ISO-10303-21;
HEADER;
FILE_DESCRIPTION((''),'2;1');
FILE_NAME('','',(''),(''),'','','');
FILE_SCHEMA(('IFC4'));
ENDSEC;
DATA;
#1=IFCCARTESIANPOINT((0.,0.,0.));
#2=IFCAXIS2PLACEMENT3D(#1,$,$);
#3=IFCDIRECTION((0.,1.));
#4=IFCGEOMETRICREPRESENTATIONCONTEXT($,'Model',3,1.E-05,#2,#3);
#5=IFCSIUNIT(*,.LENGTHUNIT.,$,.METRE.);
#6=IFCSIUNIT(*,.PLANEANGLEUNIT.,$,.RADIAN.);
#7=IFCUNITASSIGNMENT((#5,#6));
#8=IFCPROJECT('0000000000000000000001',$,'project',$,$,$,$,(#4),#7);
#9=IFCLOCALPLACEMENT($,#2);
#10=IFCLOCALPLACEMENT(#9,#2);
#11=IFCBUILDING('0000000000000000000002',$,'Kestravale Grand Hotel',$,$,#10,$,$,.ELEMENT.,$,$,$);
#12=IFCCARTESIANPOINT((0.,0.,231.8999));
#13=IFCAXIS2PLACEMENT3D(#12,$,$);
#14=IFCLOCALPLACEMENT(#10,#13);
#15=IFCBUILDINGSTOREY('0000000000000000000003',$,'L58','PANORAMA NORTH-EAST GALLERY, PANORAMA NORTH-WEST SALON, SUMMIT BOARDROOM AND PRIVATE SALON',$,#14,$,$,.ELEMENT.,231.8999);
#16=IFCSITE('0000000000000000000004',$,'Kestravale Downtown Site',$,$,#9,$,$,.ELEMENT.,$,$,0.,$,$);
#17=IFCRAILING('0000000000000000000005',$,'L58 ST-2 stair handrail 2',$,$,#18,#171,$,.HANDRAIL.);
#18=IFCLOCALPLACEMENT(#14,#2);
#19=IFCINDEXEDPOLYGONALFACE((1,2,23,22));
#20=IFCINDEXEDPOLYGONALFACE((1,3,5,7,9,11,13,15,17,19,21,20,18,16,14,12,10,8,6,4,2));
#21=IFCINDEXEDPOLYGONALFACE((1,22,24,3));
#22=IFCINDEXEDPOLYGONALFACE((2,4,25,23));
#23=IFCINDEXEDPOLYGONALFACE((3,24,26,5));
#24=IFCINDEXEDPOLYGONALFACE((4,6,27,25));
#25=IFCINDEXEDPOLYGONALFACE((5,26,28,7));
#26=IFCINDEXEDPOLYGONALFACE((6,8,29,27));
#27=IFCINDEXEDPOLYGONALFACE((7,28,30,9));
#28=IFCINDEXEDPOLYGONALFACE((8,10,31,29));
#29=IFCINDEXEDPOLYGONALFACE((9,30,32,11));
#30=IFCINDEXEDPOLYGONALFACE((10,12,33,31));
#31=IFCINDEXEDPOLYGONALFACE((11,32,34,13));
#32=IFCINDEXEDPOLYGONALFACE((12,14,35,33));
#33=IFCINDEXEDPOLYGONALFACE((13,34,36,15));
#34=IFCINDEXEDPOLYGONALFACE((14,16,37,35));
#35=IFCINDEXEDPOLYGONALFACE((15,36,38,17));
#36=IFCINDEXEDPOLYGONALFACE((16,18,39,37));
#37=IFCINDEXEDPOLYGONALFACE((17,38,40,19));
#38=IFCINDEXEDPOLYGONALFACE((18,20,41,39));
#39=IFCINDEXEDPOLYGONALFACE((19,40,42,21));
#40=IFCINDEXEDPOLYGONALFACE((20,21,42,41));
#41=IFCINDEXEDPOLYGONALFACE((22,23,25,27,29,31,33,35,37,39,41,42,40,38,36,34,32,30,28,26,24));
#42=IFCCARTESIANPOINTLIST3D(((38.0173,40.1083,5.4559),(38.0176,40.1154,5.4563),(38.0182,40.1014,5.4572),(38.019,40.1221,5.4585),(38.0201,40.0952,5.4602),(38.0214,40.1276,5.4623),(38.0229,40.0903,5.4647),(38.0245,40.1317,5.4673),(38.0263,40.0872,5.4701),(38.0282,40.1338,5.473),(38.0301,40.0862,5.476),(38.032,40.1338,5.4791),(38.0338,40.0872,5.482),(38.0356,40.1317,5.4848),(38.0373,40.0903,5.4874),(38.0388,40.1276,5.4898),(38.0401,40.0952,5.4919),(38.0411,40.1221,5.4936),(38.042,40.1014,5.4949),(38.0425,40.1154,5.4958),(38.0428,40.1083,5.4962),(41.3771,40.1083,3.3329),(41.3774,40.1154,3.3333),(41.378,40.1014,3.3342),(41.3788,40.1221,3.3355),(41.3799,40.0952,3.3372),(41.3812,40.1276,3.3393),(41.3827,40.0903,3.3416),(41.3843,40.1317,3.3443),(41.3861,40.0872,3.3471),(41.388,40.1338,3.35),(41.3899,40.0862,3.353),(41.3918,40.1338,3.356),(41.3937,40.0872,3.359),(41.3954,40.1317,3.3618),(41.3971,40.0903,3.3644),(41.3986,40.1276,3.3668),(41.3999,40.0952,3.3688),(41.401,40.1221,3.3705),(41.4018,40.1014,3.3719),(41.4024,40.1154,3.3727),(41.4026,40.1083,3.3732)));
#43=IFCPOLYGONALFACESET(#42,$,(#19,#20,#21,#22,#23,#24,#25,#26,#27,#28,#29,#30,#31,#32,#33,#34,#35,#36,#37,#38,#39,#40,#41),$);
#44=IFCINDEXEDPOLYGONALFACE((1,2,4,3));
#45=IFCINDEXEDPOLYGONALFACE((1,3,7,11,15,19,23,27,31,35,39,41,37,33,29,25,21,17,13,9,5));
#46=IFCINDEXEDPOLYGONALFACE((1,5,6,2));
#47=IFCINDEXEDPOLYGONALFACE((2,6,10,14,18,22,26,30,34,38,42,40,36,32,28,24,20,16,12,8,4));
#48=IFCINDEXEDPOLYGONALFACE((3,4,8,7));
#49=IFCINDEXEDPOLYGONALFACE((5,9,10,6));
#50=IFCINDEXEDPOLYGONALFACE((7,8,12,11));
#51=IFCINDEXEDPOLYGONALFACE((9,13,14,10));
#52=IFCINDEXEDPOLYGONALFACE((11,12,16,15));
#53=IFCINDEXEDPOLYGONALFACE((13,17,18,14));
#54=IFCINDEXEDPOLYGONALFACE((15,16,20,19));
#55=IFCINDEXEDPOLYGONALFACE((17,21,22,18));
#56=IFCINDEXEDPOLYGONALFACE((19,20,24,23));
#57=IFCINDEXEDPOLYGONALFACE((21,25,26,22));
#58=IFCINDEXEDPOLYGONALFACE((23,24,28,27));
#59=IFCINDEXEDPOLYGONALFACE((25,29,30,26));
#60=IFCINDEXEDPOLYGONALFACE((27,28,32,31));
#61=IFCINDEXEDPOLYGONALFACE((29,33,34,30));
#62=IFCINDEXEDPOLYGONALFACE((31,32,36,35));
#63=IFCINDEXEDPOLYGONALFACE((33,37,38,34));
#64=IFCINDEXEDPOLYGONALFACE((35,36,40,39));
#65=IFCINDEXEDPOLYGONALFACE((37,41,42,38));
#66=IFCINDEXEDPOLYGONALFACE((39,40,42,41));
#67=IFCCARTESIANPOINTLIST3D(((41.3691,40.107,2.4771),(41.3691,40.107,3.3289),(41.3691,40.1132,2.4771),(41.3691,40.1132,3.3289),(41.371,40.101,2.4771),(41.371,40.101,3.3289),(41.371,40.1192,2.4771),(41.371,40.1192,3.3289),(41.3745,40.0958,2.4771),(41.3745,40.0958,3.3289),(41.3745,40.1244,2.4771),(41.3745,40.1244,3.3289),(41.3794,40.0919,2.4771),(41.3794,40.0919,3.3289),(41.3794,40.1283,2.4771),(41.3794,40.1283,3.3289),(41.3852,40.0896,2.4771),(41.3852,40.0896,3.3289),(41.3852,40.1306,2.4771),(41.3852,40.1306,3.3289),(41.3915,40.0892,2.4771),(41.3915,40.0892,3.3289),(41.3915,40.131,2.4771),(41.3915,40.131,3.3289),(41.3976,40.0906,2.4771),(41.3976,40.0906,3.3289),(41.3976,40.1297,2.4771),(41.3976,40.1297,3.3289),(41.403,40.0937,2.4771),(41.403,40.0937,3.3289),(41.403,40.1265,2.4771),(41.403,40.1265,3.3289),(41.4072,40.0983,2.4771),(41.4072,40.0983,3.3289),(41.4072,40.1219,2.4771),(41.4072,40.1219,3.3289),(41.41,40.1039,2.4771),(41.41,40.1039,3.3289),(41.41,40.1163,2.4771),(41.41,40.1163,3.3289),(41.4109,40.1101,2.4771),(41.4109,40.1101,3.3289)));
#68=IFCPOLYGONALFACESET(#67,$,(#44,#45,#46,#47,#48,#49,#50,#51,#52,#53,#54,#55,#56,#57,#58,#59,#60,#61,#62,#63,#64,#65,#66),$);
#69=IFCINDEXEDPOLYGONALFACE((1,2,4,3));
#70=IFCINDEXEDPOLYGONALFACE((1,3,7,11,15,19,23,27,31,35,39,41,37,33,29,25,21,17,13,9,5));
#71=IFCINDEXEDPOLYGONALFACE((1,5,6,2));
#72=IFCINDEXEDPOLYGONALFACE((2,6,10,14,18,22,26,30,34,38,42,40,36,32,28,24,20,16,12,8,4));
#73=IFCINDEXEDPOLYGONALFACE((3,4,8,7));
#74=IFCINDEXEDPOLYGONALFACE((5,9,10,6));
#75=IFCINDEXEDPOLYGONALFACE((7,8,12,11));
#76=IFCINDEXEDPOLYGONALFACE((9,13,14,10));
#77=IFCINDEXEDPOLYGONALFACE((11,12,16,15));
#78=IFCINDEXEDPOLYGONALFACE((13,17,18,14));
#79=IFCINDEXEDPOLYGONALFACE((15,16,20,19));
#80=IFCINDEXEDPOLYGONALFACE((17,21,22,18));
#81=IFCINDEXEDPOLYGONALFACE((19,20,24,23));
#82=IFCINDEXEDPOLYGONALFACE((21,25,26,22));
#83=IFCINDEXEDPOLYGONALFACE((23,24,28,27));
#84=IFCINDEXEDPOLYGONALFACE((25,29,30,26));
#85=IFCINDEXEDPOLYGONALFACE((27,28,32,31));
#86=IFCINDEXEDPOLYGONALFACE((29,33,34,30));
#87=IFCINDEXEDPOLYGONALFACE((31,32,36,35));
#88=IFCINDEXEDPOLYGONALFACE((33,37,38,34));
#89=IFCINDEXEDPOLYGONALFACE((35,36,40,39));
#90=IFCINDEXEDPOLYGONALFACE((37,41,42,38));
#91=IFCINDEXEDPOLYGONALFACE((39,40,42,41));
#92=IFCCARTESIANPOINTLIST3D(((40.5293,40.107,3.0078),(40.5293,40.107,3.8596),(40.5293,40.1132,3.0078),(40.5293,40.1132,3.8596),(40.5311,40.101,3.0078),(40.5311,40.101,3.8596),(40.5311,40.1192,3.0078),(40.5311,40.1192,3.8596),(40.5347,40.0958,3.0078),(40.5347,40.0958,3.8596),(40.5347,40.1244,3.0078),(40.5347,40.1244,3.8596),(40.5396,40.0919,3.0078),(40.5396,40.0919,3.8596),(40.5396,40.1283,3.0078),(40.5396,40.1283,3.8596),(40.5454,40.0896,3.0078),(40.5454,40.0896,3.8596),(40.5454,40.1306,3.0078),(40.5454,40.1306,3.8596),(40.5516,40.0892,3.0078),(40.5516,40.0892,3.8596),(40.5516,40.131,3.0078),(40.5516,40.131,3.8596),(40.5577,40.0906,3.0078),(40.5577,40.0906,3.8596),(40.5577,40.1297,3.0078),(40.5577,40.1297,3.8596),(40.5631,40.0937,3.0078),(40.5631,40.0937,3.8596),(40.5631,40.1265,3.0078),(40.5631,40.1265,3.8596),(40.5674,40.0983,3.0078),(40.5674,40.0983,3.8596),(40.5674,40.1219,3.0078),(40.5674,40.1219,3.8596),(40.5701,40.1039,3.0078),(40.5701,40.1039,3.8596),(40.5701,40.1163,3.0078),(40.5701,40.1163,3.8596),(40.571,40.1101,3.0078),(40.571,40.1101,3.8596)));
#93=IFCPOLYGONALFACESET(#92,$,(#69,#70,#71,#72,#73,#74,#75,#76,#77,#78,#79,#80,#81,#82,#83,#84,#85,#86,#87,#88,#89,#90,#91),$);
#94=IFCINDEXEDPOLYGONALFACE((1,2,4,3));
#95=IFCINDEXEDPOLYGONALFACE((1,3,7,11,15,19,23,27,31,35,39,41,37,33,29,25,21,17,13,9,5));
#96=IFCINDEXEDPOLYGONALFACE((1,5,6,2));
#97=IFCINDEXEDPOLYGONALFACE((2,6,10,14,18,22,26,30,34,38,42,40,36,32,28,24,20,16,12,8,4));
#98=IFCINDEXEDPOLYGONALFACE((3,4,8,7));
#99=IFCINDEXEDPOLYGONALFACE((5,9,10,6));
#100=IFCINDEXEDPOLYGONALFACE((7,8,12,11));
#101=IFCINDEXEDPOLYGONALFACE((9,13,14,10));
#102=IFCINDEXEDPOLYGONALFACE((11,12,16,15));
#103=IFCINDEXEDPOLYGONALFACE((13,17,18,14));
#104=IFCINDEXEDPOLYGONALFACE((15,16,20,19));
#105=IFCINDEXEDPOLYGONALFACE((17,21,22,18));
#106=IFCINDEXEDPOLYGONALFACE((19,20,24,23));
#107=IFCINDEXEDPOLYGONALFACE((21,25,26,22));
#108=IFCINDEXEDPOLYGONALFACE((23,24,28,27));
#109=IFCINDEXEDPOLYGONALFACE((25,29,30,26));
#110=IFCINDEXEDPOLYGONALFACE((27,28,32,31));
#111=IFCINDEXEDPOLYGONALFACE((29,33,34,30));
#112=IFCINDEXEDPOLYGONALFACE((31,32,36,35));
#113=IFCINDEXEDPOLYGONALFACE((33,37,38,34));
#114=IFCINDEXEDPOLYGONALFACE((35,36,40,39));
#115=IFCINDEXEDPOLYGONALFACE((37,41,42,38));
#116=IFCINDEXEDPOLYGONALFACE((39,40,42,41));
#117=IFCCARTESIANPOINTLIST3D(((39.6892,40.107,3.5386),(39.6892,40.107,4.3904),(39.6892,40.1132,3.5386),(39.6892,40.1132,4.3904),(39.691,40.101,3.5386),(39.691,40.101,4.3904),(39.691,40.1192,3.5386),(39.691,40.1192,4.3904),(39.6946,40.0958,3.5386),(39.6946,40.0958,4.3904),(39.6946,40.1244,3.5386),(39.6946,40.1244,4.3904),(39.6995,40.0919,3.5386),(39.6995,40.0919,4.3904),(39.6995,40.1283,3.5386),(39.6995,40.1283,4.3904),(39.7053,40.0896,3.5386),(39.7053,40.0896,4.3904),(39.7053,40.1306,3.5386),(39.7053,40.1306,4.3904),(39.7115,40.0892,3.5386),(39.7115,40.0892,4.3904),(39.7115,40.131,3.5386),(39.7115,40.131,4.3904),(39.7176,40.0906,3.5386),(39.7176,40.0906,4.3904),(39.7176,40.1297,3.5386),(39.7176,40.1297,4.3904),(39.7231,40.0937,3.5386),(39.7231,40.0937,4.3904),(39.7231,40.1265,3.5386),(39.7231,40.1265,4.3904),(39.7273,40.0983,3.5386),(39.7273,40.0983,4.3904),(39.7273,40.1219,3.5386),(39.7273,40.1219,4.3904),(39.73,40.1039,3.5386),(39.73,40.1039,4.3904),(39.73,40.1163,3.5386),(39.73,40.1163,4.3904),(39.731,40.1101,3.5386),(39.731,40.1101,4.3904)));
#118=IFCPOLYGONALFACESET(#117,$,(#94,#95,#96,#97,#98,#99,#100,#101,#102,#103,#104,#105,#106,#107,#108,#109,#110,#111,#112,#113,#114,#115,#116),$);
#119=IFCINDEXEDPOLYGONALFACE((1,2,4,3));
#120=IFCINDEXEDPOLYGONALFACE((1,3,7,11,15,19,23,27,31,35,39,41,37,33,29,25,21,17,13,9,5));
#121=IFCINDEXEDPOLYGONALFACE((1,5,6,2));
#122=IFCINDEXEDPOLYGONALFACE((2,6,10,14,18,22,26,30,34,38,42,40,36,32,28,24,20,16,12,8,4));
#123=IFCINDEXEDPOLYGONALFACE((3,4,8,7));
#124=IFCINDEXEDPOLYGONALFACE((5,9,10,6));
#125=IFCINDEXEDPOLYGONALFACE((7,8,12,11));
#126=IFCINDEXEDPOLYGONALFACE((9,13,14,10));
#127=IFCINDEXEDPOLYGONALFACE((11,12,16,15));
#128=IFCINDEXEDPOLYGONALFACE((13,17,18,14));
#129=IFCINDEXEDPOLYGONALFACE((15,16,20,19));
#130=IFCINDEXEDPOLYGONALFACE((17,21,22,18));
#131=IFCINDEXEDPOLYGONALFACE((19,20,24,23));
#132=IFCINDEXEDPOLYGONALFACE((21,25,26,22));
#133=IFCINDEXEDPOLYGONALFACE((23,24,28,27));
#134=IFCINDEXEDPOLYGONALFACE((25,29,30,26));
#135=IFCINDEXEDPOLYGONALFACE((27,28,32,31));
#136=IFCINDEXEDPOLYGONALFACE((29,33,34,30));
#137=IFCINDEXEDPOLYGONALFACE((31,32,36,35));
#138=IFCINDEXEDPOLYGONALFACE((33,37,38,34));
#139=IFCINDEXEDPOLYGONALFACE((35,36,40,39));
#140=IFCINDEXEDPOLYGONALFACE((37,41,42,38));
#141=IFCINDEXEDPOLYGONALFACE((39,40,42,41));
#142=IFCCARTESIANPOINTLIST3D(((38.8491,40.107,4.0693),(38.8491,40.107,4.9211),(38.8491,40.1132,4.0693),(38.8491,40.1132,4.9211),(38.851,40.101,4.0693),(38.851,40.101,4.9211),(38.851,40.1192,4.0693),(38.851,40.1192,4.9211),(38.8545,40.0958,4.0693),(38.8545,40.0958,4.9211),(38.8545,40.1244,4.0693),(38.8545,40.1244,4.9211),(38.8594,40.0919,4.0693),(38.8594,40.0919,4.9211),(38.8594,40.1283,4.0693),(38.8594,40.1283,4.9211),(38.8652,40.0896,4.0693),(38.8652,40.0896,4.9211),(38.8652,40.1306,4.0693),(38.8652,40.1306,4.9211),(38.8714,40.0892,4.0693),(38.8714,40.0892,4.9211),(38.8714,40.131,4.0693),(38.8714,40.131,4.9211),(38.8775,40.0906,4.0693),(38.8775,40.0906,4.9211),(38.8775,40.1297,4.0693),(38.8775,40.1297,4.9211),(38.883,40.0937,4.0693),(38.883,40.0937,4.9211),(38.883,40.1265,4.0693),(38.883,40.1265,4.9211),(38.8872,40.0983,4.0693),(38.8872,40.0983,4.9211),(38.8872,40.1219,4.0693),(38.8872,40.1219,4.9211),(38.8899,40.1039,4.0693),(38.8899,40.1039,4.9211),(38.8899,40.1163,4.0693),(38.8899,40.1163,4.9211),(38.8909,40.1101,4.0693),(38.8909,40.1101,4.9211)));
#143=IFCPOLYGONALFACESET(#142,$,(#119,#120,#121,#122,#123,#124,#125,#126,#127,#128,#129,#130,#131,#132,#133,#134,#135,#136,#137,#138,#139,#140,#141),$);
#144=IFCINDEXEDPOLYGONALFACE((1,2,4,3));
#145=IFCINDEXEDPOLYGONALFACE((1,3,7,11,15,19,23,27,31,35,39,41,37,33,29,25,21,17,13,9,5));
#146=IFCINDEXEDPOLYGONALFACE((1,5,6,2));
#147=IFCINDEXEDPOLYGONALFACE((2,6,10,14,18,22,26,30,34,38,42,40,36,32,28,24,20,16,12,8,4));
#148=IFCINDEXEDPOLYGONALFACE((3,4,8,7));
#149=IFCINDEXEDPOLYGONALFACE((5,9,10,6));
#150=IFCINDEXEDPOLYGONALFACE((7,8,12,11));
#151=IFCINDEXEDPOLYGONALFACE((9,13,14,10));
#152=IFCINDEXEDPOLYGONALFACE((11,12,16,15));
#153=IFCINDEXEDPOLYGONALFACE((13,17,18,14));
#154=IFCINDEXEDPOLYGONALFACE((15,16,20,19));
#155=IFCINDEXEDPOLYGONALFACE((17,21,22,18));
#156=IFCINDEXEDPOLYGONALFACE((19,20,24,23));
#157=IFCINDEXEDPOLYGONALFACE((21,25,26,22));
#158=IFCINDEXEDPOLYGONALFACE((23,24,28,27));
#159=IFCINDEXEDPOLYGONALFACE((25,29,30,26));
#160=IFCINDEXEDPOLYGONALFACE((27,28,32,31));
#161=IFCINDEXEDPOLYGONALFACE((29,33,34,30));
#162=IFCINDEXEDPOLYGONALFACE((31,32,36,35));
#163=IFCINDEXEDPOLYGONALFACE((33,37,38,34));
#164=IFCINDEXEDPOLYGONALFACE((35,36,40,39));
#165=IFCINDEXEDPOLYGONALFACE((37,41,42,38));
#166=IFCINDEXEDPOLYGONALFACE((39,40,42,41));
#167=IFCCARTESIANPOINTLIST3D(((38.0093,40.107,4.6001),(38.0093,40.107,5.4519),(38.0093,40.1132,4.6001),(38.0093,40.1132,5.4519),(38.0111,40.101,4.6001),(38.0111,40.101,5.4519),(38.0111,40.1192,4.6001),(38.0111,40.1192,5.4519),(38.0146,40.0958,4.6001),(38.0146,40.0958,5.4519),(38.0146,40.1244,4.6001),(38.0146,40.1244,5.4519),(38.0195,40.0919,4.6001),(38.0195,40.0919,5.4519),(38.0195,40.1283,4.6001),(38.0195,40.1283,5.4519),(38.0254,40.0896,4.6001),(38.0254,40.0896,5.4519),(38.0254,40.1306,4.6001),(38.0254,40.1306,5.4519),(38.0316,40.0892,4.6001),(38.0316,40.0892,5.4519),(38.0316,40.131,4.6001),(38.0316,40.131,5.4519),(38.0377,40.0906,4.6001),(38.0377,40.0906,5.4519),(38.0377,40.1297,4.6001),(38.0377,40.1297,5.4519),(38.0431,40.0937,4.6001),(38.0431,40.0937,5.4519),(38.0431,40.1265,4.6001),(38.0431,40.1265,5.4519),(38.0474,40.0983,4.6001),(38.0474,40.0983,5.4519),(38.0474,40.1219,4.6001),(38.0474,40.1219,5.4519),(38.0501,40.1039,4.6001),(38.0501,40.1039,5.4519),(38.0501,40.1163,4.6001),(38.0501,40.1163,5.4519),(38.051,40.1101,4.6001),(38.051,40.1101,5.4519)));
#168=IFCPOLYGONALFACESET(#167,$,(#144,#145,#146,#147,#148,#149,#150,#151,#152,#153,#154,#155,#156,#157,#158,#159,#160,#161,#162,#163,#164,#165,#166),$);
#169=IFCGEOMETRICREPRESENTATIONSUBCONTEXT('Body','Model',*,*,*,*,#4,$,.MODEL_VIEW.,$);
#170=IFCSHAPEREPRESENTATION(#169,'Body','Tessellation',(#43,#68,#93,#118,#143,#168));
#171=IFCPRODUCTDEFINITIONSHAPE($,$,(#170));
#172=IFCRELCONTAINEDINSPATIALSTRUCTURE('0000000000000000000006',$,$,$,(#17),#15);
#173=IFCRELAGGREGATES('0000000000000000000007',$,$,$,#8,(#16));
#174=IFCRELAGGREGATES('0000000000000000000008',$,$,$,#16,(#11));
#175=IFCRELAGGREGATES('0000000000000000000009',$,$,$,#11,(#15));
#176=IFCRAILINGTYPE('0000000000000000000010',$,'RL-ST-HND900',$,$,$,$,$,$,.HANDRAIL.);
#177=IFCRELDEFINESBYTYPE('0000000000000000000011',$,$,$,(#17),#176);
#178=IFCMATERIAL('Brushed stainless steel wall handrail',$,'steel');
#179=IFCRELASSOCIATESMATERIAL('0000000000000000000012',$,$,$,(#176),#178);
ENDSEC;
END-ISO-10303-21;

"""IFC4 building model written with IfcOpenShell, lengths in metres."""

from ifc_helpers import new_model, si_unit, direction, frame, origin, origin_2d, place, context, subcontext, project, spatial, circle, extrude, material, type_object, element, save


model = new_model("IFC4")

# Units and contexts
model_context = context("Model", 3, precision=1e-05, world=origin(), true_north=direction((0.0, 1.0)))
body_context = subcontext(model_context, "Body", "Model", "MODEL_VIEW")
ifc_project = project(units=[si_unit("LENGTHUNIT", "METRE"), si_unit("PLANEANGLEUNIT", "RADIAN")], contexts=[model_context])

# Site, building, storey
site_placement = place(None, origin())
site = spatial("IfcSite", under=ifc_project, at=site_placement, Name="Kestravale Downtown Site", CompositionType="ELEMENT", RefElevation=0.0)
building_placement = place(site_placement, origin())
building = spatial("IfcBuilding", under=site, at=building_placement, Name="Kestravale Grand Hotel", CompositionType="ELEMENT")
storey_placement = place(building_placement, frame((0.0, 0.0, 231.8999)))
storey = spatial("IfcBuildingStorey", under=building, at=storey_placement, Name="L58", Description="PANORAMA NORTH-EAST GALLERY, PANORAMA NORTH-WEST SALON, SUMMIT BOARDROOM AND PRIVATE SALON", CompositionType="ELEMENT", Elevation=231.8999)

# Railing
ifc_material_1 = material(Name="Brushed stainless steel wall handrail", Category="steel")
railing_type_1 = type_object("IfcRailingType", Name="RL-ST-HND900", PredefinedType="HANDRAIL", material=ifc_material_1)
railing_1_placement = place(storey_placement, frame((41.3899, 40.1101, 2.4771)))
element("IfcRailing", 1, at=railing_1_placement, inside=storey, type_object=railing_type_1, Name="L58 ST-2 stair handrail 2", PredefinedType="HANDRAIL", context=body_context, shape_type="SweptSolid", body=[
    extrude(circle(Radius=0.0239, at=origin_2d()), frame((0.0, 0.0, 0.876), z_axis=(-0.845372, 0.0, 0.534178), x_axis=(0.0, -1.0, 0.0)), (0.0, 0.0, 1.0), 3.9744),
    extrude(circle(Radius=0.021, at=origin_2d()), origin(), (0.0, 0.0, 1.0), 0.8518),
    extrude(circle(Radius=0.021, at=origin_2d()), frame((-0.8398, 0.0, 0.5308)), (0.0, 0.0, 1.0), 0.8518),
    extrude(circle(Radius=0.021, at=origin_2d()), frame((-1.6799, 0.0, 1.0615)), (0.0, 0.0, 1.0), 0.8518),
    extrude(circle(Radius=0.021, at=origin_2d()), frame((-2.52, 0.0, 1.5923)), (0.0, 0.0, 1.0), 0.8518),
    extrude(circle(Radius=0.021, at=origin_2d()), frame((-3.3599, 0.0, 2.123)), (0.0, 0.0, 1.0), 0.8518),
])

save(model, "model.ifc")
